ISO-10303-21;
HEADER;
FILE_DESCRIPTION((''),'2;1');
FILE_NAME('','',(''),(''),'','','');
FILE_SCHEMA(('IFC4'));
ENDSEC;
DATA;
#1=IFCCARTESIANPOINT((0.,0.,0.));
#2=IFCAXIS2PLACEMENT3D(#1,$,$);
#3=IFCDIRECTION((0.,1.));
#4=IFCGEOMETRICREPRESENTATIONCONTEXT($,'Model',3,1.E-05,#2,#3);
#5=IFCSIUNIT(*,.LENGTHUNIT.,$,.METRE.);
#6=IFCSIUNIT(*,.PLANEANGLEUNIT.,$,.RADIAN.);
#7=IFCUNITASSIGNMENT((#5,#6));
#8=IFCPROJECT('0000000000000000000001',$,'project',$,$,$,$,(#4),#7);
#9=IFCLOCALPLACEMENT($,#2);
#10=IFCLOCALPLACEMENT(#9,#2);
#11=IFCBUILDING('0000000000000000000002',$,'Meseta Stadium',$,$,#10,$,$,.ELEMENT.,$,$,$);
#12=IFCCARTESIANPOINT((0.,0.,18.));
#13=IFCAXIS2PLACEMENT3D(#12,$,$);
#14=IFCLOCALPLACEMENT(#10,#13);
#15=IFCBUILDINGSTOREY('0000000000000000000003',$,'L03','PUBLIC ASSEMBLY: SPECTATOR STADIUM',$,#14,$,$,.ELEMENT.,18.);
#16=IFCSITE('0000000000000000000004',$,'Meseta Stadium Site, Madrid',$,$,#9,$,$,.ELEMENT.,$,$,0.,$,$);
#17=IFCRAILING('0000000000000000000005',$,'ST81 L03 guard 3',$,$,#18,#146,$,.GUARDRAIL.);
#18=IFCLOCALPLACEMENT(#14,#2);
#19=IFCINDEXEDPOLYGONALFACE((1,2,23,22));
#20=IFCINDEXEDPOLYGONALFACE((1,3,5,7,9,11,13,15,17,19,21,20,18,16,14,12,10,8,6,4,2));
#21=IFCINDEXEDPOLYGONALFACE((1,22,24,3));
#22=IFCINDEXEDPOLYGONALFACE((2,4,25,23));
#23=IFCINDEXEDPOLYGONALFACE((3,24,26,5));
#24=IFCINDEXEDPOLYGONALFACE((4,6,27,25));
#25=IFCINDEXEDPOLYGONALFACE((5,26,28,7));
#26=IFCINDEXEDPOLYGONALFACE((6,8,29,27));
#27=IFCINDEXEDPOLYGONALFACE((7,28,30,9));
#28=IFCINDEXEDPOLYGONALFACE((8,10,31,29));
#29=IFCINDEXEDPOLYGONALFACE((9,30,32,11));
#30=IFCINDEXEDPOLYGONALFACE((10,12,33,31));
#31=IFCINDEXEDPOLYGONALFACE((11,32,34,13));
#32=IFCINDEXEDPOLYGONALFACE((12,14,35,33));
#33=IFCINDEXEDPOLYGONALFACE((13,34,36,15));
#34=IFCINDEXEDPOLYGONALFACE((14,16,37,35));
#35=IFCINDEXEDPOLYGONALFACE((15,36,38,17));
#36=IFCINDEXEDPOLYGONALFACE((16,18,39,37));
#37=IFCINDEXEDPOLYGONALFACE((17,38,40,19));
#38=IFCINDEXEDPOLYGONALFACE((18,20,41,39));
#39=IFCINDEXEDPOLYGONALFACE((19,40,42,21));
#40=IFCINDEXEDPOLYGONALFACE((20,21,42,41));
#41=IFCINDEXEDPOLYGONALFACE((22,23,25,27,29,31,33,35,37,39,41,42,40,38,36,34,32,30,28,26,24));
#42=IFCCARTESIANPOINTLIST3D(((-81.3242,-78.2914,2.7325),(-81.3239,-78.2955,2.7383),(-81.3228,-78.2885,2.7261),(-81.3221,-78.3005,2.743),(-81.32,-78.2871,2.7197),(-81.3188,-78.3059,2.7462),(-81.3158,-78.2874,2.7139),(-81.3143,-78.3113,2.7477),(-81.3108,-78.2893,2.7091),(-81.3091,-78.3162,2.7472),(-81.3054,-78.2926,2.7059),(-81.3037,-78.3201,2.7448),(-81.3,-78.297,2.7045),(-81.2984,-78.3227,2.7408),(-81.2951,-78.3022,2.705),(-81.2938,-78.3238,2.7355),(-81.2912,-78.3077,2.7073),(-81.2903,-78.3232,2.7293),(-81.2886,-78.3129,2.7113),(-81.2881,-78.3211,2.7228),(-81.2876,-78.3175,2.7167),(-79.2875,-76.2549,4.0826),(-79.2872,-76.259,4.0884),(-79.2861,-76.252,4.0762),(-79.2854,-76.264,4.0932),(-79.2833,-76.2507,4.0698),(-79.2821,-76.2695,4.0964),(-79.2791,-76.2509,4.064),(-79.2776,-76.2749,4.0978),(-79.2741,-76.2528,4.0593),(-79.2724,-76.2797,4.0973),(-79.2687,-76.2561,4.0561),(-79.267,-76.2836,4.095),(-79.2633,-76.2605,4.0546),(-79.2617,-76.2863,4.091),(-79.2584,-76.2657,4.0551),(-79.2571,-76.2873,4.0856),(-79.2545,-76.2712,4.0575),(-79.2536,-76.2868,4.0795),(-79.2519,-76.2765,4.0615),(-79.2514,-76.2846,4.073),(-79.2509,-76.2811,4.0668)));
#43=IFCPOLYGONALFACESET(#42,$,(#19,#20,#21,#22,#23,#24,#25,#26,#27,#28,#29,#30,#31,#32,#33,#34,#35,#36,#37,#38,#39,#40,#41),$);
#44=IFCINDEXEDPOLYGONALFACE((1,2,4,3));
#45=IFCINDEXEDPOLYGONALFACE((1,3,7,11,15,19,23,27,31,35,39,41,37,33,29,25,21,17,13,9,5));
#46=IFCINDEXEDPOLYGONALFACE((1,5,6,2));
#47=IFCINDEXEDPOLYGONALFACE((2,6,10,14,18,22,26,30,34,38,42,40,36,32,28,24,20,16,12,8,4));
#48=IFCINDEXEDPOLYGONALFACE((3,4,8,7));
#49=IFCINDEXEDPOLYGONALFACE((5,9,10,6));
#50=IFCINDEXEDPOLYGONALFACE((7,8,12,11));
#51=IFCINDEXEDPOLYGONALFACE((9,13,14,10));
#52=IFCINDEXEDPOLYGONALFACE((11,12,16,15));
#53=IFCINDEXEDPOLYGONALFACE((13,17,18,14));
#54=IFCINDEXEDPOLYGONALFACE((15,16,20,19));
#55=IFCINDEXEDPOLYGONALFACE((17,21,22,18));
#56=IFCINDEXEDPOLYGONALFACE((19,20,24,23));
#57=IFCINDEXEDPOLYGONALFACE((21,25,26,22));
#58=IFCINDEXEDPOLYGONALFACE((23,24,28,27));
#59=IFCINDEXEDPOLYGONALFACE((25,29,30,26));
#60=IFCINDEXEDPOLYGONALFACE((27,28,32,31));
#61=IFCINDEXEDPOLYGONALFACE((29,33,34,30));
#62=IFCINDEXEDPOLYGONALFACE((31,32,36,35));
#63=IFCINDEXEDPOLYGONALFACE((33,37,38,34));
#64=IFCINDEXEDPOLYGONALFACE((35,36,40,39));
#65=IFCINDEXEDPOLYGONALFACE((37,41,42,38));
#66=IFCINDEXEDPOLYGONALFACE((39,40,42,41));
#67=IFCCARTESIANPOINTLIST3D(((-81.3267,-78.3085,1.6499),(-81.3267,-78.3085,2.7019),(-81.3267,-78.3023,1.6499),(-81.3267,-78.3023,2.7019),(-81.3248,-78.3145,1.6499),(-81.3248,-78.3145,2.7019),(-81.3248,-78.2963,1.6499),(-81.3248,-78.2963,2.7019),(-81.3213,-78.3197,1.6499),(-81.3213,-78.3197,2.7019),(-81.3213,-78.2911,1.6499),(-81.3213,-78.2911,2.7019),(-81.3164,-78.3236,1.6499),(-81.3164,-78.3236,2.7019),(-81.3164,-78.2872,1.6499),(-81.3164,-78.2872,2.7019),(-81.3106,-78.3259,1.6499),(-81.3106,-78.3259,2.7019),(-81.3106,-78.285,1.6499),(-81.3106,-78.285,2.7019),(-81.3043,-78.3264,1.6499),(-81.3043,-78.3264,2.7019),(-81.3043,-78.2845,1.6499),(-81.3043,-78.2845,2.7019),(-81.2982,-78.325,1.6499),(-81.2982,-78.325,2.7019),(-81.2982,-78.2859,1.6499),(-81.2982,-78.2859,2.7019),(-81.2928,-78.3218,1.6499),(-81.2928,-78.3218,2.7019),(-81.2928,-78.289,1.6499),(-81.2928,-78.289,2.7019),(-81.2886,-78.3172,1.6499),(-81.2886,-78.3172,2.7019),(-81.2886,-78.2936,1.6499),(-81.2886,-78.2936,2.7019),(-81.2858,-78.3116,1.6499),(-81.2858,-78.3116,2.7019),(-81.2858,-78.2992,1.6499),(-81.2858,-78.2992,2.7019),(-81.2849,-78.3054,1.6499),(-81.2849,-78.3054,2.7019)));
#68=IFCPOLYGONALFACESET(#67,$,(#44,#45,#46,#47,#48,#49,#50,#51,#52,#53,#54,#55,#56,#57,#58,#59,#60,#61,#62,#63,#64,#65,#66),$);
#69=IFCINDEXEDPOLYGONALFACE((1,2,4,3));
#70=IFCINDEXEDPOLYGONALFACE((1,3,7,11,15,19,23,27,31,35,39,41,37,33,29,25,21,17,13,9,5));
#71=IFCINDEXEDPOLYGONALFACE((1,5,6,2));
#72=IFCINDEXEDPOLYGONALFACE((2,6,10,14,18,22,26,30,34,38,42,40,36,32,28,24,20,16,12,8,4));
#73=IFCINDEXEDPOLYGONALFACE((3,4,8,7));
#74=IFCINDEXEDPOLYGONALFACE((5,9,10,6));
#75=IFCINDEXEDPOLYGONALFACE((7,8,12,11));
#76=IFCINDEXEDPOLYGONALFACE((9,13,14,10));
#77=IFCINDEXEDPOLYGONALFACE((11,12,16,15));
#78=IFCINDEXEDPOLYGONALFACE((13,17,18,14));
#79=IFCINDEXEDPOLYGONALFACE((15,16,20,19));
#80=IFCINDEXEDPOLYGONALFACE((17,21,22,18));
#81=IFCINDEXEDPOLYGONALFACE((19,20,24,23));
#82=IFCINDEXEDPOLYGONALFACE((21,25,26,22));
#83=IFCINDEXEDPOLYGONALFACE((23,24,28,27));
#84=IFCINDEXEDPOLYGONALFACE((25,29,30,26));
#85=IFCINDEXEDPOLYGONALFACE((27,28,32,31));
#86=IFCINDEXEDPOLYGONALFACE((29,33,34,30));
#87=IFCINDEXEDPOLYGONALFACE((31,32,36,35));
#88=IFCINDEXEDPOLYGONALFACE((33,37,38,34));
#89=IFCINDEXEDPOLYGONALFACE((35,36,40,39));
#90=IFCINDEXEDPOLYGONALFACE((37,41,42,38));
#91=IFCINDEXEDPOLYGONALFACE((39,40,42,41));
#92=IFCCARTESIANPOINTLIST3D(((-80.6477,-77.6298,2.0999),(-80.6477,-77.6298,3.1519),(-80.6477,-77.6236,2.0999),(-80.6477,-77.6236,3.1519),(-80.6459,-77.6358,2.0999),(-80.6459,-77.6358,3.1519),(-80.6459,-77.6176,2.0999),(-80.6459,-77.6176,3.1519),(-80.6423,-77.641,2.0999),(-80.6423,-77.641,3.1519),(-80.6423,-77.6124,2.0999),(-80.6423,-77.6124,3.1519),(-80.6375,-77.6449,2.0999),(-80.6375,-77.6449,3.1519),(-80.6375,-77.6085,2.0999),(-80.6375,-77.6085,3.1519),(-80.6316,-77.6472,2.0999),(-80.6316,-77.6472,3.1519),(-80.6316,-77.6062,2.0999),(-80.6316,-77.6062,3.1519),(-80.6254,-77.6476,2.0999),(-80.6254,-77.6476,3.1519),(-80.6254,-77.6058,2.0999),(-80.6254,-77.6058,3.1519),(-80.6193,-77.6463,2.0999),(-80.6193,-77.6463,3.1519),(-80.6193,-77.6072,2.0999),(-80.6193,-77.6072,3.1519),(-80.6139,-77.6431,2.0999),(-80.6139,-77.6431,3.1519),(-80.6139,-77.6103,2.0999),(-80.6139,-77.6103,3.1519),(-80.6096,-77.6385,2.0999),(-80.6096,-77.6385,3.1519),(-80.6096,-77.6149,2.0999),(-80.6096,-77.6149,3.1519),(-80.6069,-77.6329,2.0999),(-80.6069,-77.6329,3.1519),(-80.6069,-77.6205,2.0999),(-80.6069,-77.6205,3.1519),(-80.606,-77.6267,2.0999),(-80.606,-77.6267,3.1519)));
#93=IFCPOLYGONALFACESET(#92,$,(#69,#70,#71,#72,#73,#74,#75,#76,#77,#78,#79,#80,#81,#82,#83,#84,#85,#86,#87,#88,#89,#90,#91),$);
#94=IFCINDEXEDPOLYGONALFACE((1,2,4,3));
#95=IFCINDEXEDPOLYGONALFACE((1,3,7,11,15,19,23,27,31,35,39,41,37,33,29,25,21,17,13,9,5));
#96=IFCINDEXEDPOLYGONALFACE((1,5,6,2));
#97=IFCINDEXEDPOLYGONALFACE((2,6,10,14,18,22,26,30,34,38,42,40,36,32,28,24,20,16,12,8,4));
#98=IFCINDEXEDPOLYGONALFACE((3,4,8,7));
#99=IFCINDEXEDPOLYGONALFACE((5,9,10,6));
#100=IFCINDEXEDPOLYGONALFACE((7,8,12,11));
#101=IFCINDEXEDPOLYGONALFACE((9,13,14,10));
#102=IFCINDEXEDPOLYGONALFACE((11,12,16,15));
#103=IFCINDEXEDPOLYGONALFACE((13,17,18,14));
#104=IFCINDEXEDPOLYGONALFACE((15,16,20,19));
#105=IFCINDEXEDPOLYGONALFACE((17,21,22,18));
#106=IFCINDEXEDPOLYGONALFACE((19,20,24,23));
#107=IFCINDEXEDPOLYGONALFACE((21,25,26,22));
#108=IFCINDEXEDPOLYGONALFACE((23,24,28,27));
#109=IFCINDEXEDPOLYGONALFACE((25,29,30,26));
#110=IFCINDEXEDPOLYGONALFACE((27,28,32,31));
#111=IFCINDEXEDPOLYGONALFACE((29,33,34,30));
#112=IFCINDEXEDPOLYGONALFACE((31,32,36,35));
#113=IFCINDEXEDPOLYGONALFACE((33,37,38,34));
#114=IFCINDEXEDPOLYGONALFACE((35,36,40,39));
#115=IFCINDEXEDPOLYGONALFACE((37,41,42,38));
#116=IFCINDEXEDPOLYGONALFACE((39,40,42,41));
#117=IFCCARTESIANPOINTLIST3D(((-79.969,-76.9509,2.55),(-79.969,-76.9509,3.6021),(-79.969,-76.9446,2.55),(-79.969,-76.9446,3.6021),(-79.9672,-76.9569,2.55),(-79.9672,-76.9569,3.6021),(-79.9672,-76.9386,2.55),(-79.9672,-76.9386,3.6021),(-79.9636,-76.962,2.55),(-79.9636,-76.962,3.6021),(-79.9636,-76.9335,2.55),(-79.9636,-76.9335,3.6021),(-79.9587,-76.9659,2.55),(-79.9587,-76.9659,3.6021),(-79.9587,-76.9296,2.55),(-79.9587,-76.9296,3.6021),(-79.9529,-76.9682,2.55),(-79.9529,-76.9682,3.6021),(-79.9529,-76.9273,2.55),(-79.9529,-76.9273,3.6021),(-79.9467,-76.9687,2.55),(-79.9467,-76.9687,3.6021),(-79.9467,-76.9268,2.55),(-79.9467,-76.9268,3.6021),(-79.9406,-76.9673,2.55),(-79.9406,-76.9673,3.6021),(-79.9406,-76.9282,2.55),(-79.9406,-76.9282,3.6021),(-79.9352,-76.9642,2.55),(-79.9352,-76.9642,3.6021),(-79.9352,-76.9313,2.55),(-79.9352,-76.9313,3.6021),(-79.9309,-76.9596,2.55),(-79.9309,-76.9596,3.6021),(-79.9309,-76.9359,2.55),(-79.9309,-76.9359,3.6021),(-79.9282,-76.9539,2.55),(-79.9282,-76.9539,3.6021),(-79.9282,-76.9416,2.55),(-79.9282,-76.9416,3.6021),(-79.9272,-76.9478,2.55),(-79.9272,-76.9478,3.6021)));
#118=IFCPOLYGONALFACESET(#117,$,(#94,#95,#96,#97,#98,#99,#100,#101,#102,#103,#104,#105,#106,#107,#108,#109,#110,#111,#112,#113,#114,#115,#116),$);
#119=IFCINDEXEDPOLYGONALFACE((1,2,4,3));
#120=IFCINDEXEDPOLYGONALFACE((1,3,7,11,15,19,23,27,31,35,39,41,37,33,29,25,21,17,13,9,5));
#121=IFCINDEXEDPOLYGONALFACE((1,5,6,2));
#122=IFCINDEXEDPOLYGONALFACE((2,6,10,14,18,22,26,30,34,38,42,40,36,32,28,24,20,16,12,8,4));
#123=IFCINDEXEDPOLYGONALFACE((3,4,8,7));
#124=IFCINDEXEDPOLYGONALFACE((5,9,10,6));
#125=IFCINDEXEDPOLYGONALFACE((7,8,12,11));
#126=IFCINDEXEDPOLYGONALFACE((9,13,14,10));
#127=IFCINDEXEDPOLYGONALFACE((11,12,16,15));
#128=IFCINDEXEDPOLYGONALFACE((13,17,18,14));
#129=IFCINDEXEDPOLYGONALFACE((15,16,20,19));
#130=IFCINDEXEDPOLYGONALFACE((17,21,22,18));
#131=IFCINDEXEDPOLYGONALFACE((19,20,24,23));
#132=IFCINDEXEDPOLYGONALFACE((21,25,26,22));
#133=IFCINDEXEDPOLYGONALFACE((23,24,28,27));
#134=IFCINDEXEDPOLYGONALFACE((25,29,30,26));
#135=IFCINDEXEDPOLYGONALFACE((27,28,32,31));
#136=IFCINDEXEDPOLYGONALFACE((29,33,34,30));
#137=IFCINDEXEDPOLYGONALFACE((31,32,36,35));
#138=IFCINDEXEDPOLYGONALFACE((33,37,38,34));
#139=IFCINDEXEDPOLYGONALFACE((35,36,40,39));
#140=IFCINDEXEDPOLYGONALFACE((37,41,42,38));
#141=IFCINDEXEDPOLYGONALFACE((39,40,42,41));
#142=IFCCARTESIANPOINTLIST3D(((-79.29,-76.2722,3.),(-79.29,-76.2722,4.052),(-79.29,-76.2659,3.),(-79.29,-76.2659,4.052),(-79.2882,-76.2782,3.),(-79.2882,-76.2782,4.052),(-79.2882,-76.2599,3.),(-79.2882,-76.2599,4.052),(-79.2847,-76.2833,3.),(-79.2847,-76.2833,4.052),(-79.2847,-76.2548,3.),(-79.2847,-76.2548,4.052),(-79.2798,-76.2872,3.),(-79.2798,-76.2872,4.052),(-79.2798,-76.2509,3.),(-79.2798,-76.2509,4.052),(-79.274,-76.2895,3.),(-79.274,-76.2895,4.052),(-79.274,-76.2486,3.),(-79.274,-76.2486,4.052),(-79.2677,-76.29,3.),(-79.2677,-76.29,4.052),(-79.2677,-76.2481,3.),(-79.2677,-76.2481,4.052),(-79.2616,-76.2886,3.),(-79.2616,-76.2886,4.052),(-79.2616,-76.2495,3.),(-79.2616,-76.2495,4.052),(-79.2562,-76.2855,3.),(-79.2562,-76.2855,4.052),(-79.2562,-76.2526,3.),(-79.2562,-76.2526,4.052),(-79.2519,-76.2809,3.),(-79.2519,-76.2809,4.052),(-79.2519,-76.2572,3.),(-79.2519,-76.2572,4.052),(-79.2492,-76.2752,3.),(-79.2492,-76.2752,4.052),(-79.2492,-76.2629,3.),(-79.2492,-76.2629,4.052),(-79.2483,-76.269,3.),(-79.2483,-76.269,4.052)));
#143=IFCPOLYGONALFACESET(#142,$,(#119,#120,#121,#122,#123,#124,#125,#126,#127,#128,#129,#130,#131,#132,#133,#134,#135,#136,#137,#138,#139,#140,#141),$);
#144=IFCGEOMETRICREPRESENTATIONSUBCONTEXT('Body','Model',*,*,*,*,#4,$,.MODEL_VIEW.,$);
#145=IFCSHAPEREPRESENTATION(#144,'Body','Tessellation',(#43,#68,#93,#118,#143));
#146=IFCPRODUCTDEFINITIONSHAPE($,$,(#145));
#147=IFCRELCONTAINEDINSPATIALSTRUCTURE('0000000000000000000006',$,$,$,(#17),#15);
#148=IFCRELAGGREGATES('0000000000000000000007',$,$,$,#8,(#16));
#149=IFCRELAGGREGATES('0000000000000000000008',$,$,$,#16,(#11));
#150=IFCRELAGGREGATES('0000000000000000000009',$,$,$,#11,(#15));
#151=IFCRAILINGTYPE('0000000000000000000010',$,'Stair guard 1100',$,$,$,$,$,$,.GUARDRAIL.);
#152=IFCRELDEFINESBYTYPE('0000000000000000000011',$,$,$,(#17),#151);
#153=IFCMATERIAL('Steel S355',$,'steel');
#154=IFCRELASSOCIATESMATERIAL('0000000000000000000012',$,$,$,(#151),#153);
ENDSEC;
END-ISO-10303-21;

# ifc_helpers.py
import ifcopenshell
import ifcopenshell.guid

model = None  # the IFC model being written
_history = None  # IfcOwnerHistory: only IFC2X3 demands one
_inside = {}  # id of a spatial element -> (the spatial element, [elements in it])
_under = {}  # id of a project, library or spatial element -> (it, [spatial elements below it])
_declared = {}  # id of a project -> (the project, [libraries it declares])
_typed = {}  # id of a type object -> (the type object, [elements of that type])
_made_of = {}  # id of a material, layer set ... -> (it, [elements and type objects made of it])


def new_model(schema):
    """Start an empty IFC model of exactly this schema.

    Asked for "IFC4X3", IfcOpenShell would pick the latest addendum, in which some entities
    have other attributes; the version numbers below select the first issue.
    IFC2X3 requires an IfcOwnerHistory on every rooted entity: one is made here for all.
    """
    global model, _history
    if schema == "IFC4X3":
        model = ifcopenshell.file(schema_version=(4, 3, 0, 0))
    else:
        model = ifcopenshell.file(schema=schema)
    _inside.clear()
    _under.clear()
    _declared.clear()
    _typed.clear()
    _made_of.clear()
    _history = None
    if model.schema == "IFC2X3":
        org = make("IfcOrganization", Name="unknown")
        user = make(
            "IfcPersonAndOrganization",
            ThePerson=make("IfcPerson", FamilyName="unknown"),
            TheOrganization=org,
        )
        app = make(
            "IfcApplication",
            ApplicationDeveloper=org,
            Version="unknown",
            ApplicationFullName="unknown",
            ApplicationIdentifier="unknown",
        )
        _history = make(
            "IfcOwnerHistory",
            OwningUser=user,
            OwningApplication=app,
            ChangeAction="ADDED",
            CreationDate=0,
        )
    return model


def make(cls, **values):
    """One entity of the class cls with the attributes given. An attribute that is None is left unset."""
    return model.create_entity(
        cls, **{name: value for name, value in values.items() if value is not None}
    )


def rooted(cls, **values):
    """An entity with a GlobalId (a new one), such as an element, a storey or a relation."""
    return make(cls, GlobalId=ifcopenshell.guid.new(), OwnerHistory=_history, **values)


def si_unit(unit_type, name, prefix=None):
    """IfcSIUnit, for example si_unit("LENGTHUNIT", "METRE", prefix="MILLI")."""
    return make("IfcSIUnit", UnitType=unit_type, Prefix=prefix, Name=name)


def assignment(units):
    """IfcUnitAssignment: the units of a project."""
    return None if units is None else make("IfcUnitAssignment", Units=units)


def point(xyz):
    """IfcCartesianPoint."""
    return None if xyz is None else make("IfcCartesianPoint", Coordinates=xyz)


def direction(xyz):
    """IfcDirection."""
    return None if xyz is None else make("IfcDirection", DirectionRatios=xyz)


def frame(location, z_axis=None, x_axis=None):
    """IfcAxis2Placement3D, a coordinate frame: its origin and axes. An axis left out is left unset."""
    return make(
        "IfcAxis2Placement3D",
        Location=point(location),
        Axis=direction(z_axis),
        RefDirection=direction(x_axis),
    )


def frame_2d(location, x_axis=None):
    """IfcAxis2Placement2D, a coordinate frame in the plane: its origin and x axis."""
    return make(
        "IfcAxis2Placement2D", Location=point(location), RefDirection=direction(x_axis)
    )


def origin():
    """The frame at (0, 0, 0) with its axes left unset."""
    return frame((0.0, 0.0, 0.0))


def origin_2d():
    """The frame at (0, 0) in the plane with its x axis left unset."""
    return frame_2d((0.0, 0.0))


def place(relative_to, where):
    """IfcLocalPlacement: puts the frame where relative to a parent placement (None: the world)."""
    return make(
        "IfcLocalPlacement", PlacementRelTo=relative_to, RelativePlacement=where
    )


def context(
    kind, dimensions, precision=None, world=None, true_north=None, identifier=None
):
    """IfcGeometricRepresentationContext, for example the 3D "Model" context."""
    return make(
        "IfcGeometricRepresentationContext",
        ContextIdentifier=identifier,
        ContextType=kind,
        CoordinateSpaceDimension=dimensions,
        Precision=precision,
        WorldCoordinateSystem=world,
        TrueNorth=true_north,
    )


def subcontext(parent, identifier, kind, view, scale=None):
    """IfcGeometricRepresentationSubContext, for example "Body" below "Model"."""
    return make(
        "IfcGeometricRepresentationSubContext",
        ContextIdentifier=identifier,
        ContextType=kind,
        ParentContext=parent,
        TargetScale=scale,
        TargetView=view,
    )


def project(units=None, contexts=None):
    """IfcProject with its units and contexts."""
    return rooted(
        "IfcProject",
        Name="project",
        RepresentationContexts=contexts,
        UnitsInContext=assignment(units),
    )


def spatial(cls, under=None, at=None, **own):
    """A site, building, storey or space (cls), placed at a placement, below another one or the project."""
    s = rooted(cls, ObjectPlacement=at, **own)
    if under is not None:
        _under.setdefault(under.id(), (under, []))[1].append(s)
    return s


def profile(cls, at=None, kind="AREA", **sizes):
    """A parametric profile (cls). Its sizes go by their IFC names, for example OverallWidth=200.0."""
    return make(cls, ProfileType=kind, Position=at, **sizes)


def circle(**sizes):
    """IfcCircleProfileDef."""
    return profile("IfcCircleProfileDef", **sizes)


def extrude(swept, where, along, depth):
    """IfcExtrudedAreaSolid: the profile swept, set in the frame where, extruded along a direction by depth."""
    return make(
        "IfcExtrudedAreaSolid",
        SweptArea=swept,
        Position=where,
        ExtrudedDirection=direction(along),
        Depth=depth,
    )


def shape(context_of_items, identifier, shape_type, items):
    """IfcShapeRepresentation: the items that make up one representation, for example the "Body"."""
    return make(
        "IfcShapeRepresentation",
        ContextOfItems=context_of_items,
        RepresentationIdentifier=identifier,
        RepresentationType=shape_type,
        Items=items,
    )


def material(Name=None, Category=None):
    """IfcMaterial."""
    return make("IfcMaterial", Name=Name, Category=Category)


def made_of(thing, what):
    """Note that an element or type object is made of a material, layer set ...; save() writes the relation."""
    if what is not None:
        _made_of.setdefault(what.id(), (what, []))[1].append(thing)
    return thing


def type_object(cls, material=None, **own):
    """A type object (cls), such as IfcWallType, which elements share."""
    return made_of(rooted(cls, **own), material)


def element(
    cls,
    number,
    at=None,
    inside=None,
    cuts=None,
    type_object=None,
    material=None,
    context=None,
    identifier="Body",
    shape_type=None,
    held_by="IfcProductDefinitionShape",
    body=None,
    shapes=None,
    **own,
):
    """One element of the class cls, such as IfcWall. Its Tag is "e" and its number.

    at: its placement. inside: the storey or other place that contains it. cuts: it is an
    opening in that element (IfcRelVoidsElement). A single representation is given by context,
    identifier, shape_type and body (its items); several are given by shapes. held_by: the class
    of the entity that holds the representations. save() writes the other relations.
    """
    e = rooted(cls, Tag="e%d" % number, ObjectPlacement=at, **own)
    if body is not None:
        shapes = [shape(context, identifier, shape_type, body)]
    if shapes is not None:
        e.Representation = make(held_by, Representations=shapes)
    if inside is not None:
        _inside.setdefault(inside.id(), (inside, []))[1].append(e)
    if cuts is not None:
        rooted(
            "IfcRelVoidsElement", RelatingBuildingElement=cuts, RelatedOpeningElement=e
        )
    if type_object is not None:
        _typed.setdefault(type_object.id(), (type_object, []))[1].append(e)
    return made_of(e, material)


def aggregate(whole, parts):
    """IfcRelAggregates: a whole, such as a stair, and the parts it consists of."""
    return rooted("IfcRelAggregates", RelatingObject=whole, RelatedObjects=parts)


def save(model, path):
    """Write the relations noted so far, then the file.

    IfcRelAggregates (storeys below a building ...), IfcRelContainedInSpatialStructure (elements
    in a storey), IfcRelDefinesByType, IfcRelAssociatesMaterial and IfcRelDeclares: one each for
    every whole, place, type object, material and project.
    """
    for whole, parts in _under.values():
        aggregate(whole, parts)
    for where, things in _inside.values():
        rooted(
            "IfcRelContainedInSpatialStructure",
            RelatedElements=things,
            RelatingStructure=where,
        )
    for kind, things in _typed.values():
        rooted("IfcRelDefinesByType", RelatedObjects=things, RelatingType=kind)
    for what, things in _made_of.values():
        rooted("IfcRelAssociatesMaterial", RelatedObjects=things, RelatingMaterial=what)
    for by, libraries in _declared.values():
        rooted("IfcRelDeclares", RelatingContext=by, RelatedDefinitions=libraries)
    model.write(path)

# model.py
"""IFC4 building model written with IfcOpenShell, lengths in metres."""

from ifc_helpers import new_model, si_unit, direction, frame, origin, origin_2d, place, context, subcontext, project, spatial, circle, extrude, material, type_object, element, save


model = new_model("IFC4")

# Units and contexts
model_context = context("Model", 3, precision=1e-05, world=origin(), true_north=direction((0.0, 1.0)))
body_context = subcontext(model_context, "Body", "Model", "MODEL_VIEW")
ifc_project = project(units=[si_unit("LENGTHUNIT", "METRE"), si_unit("PLANEANGLEUNIT", "RADIAN")], contexts=[model_context])

# Site, building, storey
site_placement = place(None, origin())
site = spatial("IfcSite", under=ifc_project, at=site_placement, Name="Meseta Stadium Site, Madrid", CompositionType="ELEMENT", RefElevation=0.0)
building_placement = place(site_placement, origin())
building = spatial("IfcBuilding", under=site, at=building_placement, Name="Meseta Stadium", CompositionType="ELEMENT")
storey_placement = place(building_placement, frame((0.0, 0.0, 18.0)))
storey = spatial("IfcBuildingStorey", under=building, at=storey_placement, Name="L03", Description="PUBLIC ASSEMBLY: SPECTATOR STADIUM", CompositionType="ELEMENT", Elevation=18.0)

# Railing
ifc_material_1 = material(Name="Steel S355", Category="steel")
railing_type_1 = type_object("IfcRailingType", Name="Stair guard 1100", PredefinedType="GUARDRAIL", material=ifc_material_1)
for number, where, name in (
    (1, (-81.3059, -78.3054, 1.6499), "ST81 L03 guard 3"),
):
    element("IfcRailing", number, at=place(storey_placement, frame(where)), inside=storey, type_object=railing_type_1, Name=name, PredefinedType="GUARDRAIL", context=body_context, shape_type="SweptSolid", body=[
        extrude(circle(Radius=0.0239, at=origin_2d()), frame((0.0, 0.0, 1.0762), z_axis=(0.640288, 0.640211, 0.424454), x_axis=(-0.707064, 0.707149, 0.0)), (0.0, 0.0, 1.0), 3.1809),
        extrude(circle(Radius=0.021, at=origin_2d()), origin(), (0.0, 0.0, 1.0), 1.052),
        extrude(circle(Radius=0.021, at=origin_2d()), frame((0.679, 0.6787, 0.45)), (0.0, 0.0, 1.0), 1.052),
        extrude(circle(Radius=0.021, at=origin_2d()), frame((1.3577, 1.3577, 0.9001)), (0.0, 0.0, 1.0), 1.052),
        extrude(circle(Radius=0.021, at=origin_2d()), frame((2.0366, 2.0364, 1.3501)), (0.0, 0.0, 1.0), 1.052),
    ])

save(model, "model.ifc")
